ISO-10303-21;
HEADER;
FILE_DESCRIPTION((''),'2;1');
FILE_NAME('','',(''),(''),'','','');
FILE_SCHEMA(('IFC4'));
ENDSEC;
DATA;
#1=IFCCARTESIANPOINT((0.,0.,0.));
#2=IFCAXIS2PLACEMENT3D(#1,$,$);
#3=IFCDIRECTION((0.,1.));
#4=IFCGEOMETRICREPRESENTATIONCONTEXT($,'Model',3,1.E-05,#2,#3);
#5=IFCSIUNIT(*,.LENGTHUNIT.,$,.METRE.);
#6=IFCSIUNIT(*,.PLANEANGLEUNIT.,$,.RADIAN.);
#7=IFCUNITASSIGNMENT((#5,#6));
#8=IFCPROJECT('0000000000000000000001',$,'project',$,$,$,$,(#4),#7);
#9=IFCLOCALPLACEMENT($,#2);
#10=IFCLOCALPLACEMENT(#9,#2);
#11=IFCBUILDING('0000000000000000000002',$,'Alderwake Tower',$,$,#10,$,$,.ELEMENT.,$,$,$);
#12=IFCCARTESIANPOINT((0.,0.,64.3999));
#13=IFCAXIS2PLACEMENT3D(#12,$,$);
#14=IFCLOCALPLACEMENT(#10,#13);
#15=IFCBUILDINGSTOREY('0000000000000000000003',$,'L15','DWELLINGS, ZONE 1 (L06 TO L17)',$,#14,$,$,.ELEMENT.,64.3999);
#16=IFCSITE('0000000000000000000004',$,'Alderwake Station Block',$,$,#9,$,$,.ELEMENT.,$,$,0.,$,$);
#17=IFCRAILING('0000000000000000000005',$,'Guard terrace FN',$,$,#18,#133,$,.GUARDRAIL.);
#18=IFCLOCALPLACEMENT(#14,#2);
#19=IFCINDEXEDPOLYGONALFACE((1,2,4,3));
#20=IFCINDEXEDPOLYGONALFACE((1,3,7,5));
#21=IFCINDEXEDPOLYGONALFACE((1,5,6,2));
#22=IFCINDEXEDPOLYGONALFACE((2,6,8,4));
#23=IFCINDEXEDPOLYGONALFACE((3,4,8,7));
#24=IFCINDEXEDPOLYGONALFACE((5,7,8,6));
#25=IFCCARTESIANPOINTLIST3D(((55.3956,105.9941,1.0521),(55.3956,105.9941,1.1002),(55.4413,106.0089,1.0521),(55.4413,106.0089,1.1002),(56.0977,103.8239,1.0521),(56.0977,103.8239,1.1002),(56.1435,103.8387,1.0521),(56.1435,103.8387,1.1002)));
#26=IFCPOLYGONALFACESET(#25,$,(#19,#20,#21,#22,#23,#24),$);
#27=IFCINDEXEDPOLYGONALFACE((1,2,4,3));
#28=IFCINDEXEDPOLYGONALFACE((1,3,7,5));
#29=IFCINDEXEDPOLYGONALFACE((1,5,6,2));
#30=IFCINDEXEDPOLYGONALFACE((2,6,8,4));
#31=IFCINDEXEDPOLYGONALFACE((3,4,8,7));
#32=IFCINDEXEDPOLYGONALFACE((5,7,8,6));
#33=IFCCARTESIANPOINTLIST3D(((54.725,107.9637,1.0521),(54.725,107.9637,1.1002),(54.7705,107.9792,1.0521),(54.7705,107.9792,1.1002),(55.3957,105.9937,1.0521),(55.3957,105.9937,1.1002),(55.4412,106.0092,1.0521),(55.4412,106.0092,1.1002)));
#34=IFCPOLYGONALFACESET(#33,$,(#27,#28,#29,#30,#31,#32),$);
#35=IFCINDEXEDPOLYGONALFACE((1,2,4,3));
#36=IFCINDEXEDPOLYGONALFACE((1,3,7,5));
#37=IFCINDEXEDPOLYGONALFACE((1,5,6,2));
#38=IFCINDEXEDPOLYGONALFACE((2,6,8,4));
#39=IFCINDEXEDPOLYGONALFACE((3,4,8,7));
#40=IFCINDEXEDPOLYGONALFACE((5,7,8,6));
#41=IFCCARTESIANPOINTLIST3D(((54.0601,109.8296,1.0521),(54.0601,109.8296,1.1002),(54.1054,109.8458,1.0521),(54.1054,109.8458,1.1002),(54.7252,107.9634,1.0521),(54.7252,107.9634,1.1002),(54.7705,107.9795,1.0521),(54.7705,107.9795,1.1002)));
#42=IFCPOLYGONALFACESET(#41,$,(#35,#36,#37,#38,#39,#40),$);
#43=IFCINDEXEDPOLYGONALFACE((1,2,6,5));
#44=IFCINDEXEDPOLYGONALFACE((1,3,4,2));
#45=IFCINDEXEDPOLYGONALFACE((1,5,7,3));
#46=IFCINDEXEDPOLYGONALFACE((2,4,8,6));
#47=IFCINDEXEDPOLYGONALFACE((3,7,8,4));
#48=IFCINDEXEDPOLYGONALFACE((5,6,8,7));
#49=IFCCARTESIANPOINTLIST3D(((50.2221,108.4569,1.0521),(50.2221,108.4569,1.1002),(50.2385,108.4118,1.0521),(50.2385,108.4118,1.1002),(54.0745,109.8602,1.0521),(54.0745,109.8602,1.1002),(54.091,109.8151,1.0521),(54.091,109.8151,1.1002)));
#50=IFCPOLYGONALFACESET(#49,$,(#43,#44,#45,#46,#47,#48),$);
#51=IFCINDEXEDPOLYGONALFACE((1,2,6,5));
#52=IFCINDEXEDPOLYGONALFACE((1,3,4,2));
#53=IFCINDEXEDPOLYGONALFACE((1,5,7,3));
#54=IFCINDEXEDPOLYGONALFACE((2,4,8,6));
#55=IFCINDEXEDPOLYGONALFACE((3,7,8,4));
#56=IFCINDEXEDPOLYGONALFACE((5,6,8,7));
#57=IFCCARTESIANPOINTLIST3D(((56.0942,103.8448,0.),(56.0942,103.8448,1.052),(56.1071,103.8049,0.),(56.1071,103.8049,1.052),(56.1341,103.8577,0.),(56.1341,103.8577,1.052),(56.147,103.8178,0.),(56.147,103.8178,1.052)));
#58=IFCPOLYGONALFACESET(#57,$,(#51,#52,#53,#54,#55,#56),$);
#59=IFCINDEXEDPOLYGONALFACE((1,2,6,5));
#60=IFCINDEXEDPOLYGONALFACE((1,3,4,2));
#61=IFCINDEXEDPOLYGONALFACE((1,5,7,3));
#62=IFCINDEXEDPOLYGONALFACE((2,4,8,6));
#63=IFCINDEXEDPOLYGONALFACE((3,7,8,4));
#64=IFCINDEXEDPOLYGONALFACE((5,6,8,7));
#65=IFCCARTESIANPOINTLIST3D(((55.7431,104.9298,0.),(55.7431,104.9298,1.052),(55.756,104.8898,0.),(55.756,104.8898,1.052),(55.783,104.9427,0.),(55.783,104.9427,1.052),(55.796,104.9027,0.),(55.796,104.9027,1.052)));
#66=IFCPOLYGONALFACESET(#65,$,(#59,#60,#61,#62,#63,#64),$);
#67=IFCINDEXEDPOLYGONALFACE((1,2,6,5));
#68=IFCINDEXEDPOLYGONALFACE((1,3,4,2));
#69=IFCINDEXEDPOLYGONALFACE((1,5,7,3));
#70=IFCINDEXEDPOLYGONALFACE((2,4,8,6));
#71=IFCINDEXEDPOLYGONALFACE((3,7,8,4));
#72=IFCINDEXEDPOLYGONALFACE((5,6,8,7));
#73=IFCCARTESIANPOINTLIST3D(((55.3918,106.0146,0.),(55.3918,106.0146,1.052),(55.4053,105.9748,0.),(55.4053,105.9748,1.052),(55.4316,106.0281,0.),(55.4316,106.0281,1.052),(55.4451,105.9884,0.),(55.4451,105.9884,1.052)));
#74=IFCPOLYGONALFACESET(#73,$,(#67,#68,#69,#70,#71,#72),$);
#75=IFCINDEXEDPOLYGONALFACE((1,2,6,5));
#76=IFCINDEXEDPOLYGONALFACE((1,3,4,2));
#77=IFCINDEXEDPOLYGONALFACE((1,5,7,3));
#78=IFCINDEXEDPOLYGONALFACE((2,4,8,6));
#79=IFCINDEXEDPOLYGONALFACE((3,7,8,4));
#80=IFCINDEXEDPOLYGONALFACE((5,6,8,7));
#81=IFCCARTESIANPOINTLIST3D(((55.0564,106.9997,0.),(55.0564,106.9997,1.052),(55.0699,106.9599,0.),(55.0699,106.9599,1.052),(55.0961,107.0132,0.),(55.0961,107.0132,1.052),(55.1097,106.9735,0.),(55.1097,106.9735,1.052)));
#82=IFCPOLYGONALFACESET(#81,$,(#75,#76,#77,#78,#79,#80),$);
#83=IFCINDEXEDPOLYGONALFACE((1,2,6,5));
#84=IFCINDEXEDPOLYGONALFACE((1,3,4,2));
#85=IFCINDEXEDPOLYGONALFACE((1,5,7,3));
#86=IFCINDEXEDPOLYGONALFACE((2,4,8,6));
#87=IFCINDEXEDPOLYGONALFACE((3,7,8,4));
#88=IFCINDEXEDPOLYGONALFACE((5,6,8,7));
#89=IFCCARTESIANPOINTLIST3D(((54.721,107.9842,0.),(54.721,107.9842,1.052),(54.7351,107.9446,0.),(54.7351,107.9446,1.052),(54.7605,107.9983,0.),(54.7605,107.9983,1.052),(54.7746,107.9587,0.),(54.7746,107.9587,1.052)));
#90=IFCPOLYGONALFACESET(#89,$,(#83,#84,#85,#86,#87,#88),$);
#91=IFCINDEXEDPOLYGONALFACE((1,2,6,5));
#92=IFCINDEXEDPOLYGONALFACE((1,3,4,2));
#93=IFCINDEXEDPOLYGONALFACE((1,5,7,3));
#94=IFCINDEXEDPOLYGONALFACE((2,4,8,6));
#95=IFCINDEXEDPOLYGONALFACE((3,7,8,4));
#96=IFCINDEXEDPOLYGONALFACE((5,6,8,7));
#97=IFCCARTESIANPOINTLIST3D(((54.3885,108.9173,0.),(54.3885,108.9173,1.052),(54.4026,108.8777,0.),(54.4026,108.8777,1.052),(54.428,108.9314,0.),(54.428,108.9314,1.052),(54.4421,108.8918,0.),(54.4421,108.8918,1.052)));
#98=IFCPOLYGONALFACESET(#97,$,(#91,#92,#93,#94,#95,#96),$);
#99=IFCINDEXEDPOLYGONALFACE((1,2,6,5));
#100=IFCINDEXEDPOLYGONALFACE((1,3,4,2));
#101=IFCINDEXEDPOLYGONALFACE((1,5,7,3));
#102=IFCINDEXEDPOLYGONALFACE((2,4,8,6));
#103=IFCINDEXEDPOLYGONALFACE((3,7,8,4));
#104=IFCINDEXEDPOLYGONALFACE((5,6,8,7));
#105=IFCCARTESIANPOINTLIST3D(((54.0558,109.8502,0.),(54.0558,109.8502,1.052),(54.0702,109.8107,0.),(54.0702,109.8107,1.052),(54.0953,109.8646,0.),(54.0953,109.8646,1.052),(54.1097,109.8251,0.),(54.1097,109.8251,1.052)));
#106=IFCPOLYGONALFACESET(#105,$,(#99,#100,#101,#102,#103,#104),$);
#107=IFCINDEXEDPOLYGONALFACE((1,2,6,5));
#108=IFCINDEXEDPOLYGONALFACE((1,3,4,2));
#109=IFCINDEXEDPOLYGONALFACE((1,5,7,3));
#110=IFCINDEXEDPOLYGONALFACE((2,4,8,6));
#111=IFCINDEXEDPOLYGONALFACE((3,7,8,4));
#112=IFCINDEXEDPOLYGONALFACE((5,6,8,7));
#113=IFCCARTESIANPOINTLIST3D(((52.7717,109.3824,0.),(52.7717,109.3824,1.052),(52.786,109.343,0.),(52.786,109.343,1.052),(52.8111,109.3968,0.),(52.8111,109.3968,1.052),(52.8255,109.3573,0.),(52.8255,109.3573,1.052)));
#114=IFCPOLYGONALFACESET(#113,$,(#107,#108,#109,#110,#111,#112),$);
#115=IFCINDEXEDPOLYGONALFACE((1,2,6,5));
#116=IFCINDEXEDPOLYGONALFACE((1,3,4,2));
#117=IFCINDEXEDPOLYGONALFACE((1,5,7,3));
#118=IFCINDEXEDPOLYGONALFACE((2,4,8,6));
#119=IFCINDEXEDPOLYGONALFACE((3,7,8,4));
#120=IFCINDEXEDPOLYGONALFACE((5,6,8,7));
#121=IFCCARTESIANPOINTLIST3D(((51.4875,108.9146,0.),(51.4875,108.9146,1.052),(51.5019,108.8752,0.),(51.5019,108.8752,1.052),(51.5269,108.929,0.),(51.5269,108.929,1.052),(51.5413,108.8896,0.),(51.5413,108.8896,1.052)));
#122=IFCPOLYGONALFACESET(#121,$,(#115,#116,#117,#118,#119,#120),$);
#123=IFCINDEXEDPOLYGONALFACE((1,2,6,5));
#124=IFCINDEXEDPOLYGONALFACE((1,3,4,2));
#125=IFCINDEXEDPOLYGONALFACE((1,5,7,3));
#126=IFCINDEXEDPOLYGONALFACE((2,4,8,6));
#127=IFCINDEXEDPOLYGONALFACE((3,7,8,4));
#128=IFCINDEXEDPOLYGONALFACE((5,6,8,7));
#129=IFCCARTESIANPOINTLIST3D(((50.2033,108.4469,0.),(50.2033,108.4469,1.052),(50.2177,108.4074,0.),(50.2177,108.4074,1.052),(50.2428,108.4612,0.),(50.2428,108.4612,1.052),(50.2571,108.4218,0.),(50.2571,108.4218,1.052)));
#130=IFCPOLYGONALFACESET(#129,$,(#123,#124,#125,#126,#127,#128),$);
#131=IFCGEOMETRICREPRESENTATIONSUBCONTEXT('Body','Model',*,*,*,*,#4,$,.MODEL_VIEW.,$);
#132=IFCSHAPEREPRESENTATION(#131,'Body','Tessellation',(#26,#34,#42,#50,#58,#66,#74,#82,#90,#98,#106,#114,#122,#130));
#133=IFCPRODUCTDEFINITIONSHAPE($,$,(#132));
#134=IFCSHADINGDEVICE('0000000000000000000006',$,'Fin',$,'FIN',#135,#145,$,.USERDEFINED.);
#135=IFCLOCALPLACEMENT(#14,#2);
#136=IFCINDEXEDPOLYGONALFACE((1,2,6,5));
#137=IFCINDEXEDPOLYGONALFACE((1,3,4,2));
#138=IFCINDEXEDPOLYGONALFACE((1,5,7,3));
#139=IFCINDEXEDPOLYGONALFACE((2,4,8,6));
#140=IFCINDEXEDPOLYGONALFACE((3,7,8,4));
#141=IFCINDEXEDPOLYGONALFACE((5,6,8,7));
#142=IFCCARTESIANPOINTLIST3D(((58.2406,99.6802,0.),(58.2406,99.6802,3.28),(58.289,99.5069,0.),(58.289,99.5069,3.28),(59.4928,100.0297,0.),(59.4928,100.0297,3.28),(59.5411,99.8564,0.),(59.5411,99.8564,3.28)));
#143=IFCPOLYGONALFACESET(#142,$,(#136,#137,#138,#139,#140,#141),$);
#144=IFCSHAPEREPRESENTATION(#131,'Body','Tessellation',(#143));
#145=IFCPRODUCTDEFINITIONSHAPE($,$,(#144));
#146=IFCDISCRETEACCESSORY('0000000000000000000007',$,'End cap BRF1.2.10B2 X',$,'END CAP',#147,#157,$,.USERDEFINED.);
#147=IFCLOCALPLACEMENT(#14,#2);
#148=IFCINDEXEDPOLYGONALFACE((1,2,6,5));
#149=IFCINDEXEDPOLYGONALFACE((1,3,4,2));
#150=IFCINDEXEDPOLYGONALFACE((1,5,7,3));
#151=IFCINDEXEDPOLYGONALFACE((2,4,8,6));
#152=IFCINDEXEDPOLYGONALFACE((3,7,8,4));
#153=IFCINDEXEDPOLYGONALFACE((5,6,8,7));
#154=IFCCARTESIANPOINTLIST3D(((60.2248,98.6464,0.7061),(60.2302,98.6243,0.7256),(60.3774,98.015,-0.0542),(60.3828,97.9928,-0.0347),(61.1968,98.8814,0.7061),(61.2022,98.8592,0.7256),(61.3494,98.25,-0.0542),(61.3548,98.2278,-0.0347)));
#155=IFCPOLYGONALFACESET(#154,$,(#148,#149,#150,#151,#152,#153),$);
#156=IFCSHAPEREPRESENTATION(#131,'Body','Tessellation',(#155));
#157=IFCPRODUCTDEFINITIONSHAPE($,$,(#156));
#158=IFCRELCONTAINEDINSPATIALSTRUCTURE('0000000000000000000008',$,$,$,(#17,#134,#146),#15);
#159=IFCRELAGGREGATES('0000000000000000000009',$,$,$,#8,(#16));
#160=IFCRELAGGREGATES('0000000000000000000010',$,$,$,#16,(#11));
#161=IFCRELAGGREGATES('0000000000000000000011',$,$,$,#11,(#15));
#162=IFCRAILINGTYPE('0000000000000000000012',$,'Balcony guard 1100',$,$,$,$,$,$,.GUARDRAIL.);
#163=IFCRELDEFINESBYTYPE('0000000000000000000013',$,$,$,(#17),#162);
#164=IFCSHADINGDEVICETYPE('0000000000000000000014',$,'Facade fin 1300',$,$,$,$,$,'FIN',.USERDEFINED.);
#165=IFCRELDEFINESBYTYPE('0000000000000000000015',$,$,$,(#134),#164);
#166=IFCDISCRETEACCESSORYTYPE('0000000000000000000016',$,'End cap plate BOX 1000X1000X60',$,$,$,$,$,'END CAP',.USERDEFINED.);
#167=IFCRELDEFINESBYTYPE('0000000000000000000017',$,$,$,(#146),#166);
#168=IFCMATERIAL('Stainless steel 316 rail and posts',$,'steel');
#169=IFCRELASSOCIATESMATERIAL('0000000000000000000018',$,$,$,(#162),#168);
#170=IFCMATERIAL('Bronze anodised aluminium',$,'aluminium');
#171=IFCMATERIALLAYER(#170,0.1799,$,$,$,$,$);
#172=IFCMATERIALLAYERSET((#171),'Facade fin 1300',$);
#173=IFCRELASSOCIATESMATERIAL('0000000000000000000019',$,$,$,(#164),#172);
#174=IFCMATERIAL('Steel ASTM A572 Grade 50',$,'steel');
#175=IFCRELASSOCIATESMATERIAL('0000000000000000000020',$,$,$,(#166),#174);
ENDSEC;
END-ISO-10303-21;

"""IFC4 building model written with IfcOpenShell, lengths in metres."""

from ifc_helpers import new_model, si_unit, direction, frame, origin, origin_2d, place, context, subcontext, project, spatial, rectangle, extrude, material, layer, layer_set, material_profile, profile_set, type_object, element, save


model = new_model("IFC4")

# Units and contexts
model_context = context("Model", 3, precision=1e-05, world=origin(), true_north=direction((0.0, 1.0)))
body_context = subcontext(model_context, "Body", "Model", "MODEL_VIEW")
ifc_project = project(units=[si_unit("LENGTHUNIT", "METRE"), si_unit("PLANEANGLEUNIT", "RADIAN")], contexts=[model_context])

# Site, building, storey
site_placement = place(None, origin())
site = spatial("IfcSite", under=ifc_project, at=site_placement, Name="Alderwake Station Block", CompositionType="ELEMENT", RefElevation=0.0)
building_placement = place(site_placement, origin())
building = spatial("IfcBuilding", under=site, at=building_placement, Name="Alderwake Tower", CompositionType="ELEMENT")
storey_placement = place(building_placement, frame((0.0, 0.0, 64.3999)))
storey = spatial("IfcBuildingStorey", under=building, at=storey_placement, Name="L15", Description="DWELLINGS, ZONE 1 (L06 TO L17)", CompositionType="ELEMENT", Elevation=64.3999)

# Railing
ifc_material_1 = material(Name="Stainless steel 316 rail and posts", Category="steel")
railing_type = type_object("IfcRailingType", Name="Balcony guard 1100", PredefinedType="GUARDRAIL", material=ifc_material_1)
railing_placement = place(storey_placement, frame((56.1206, 103.8313, 0.0)))
element("IfcRailing", 1, at=railing_placement, inside=storey, type_object=railing_type, Name="Guard terrace FN", PredefinedType="GUARDRAIL", context=body_context, shape_type="SweptSolid", body=[
    extrude(rectangle(XDim=0.0481, YDim=0.0481, at=origin_2d()), frame((0.0, 0.0, 1.0762), z_axis=(-0.307835, 0.95144, 0.0), x_axis=(-0.95144, -0.307835, 0.0)), (0.0, 0.0, 1.0), 2.281),
    extrude(rectangle(XDim=0.0481, YDim=0.0481, at=origin_2d()), frame((-0.7021, 2.1702, 1.0762), z_axis=(-0.322275, 0.946646, 0.0), x_axis=(-0.946646, -0.322275, 0.0)), (0.0, 0.0, 1.0), 2.0811),
    extrude(rectangle(XDim=0.0481, YDim=0.0481, at=origin_2d()), frame((-1.3728, 4.1401, 1.0762), z_axis=(-0.335681, 0.941976, 0.0), x_axis=(-0.941976, -0.335681, 0.0)), (0.0, 0.0, 1.0), 1.9812),
    extrude(rectangle(XDim=0.0481, YDim=0.0481, at=origin_2d()), frame((-2.0378, 6.0063, 1.0762), z_axis=(-0.939606, -0.342259, 0.0), x_axis=(0.342259, -0.939606, 0.0)), (0.0, 0.0, 1.0), 4.1001),
    extrude(rectangle(XDim=0.042, YDim=0.042, at=origin_2d()), frame((0.0, 0.0, 0.0), z_axis=(0.0, 0.0, 1.0), x_axis=(-0.307835, 0.95144, 0.0)), (0.0, 0.0, 1.0), 1.052),
    extrude(rectangle(XDim=0.042, YDim=0.042, at=origin_2d()), frame((-0.3511, 1.085, 0.0), z_axis=(0.0, 0.0, 1.0), x_axis=(-0.307835, 0.95144, 0.0)), (0.0, 0.0, 1.0), 1.052),
    extrude(rectangle(XDim=0.042, YDim=0.042, at=origin_2d()), frame((-0.7021, 2.1702, 0.0), z_axis=(0.0, 0.0, 1.0), x_axis=(-0.322275, 0.946646, 0.0)), (0.0, 0.0, 1.0), 1.052),
    extrude(rectangle(XDim=0.042, YDim=0.042, at=origin_2d()), frame((-1.0376, 3.1553, 0.0), z_axis=(0.0, 0.0, 1.0), x_axis=(-0.322275, 0.946646, 0.0)), (0.0, 0.0, 1.0), 1.052),
    extrude(rectangle(XDim=0.042, YDim=0.042, at=origin_2d()), frame((-1.3728, 4.1401, 0.0), z_axis=(0.0, 0.0, 1.0), x_axis=(-0.335681, 0.941976, 0.0)), (0.0, 0.0, 1.0), 1.052),
    extrude(rectangle(XDim=0.042, YDim=0.042, at=origin_2d()), frame((-1.7053, 5.0732, 0.0), z_axis=(0.0, 0.0, 1.0), x_axis=(-0.335681, 0.941976, 0.0)), (0.0, 0.0, 1.0), 1.052),
    extrude(rectangle(XDim=0.042, YDim=0.042, at=origin_2d()), frame((-2.0378, 6.0063, 0.0), z_axis=(0.0, 0.0, 1.0), x_axis=(-0.939606, -0.342259, 0.0)), (0.0, 0.0, 1.0), 1.052),
    extrude(rectangle(XDim=0.042, YDim=0.042, at=origin_2d()), frame((-3.322, 5.5386, 0.0), z_axis=(0.0, 0.0, 1.0), x_axis=(-0.939606, -0.342259, 0.0)), (0.0, 0.0, 1.0), 1.052),
    extrude(rectangle(XDim=0.042, YDim=0.042, at=origin_2d()), frame((-4.6062, 5.0708, 0.0), z_axis=(0.0, 0.0, 1.0), x_axis=(-0.939606, -0.342259, 0.0)), (0.0, 0.0, 1.0), 1.052),
    extrude(rectangle(XDim=0.042, YDim=0.042, at=origin_2d()), frame((-5.8904, 4.603, 0.0), z_axis=(0.0, 0.0, 1.0), x_axis=(-0.939606, -0.342259, 0.0)), (0.0, 0.0, 1.0), 1.052),
])

# Shading device
ifc_material_2 = material(Name="Bronze anodised aluminium", Category="aluminium")
ifc_layer_1 = layer(ifc_material_2, 0.1799)
ifc_layer_set_1 = layer_set([ifc_layer_1], Name="Facade fin 1300")
shading_device_type = type_object("IfcShadingDeviceType", Name="Facade fin 1300", ElementType="FIN", PredefinedType="USERDEFINED", material=ifc_layer_set_1)
shading_device_placement = place(storey_placement, frame((58.8909, 99.7683, 0.0), z_axis=(0.0, 0.0, 1.0), x_axis=(0.963182, 0.268851, 0.0)))
element("IfcShadingDevice", 2, at=shading_device_placement, inside=storey, type_object=shading_device_type, Name="Fin", ObjectType="FIN", PredefinedType="USERDEFINED", context=body_context, shape_type="SweptSolid", body=[
    extrude(rectangle(XDim=1.3, YDim=0.1799, at=origin_2d()), origin(), (0.0, 0.0, 1.0), 3.28),
])

# Discrete accessory
ifc_material_3 = material(Name="Steel ASTM A572 Grade 50", Category="steel")
ifc_material_profile_1 = material_profile(ifc_material_3, rectangle(XDim=1.0, YDim=1.0, at=origin_2d()), Name="BOX 1000X1000X60 cap")
ifc_profile_set_1 = profile_set([ifc_material_profile_1], Name="Steel ASTM A572 Grade 50")
discrete_accessory_type = type_object("IfcDiscreteAccessoryType", Name="End cap plate BOX 1000X1000X60", ElementType="END CAP", PredefinedType="USERDEFINED", material=ifc_profile_set_1)
discrete_accessory_placement = place(storey_placement, frame((60.7925, 98.426, 0.3455), z_axis=(-0.178649, 0.738959, -0.649634), x_axis=(-0.971998, -0.234989, 0.0)))
element("IfcDiscreteAccessory", 3, at=discrete_accessory_placement, inside=storey, type_object=discrete_accessory_type, Name="End cap BRF1.2.10B2 X", ObjectType="END CAP", PredefinedType="USERDEFINED", context=body_context, shape_type="SweptSolid", body=[
    extrude(rectangle(XDim=1.0, YDim=1.0, at=origin_2d()), origin(), (0.0, 0.0, 1.0), 0.03),
])

save(model, "model.ifc")
